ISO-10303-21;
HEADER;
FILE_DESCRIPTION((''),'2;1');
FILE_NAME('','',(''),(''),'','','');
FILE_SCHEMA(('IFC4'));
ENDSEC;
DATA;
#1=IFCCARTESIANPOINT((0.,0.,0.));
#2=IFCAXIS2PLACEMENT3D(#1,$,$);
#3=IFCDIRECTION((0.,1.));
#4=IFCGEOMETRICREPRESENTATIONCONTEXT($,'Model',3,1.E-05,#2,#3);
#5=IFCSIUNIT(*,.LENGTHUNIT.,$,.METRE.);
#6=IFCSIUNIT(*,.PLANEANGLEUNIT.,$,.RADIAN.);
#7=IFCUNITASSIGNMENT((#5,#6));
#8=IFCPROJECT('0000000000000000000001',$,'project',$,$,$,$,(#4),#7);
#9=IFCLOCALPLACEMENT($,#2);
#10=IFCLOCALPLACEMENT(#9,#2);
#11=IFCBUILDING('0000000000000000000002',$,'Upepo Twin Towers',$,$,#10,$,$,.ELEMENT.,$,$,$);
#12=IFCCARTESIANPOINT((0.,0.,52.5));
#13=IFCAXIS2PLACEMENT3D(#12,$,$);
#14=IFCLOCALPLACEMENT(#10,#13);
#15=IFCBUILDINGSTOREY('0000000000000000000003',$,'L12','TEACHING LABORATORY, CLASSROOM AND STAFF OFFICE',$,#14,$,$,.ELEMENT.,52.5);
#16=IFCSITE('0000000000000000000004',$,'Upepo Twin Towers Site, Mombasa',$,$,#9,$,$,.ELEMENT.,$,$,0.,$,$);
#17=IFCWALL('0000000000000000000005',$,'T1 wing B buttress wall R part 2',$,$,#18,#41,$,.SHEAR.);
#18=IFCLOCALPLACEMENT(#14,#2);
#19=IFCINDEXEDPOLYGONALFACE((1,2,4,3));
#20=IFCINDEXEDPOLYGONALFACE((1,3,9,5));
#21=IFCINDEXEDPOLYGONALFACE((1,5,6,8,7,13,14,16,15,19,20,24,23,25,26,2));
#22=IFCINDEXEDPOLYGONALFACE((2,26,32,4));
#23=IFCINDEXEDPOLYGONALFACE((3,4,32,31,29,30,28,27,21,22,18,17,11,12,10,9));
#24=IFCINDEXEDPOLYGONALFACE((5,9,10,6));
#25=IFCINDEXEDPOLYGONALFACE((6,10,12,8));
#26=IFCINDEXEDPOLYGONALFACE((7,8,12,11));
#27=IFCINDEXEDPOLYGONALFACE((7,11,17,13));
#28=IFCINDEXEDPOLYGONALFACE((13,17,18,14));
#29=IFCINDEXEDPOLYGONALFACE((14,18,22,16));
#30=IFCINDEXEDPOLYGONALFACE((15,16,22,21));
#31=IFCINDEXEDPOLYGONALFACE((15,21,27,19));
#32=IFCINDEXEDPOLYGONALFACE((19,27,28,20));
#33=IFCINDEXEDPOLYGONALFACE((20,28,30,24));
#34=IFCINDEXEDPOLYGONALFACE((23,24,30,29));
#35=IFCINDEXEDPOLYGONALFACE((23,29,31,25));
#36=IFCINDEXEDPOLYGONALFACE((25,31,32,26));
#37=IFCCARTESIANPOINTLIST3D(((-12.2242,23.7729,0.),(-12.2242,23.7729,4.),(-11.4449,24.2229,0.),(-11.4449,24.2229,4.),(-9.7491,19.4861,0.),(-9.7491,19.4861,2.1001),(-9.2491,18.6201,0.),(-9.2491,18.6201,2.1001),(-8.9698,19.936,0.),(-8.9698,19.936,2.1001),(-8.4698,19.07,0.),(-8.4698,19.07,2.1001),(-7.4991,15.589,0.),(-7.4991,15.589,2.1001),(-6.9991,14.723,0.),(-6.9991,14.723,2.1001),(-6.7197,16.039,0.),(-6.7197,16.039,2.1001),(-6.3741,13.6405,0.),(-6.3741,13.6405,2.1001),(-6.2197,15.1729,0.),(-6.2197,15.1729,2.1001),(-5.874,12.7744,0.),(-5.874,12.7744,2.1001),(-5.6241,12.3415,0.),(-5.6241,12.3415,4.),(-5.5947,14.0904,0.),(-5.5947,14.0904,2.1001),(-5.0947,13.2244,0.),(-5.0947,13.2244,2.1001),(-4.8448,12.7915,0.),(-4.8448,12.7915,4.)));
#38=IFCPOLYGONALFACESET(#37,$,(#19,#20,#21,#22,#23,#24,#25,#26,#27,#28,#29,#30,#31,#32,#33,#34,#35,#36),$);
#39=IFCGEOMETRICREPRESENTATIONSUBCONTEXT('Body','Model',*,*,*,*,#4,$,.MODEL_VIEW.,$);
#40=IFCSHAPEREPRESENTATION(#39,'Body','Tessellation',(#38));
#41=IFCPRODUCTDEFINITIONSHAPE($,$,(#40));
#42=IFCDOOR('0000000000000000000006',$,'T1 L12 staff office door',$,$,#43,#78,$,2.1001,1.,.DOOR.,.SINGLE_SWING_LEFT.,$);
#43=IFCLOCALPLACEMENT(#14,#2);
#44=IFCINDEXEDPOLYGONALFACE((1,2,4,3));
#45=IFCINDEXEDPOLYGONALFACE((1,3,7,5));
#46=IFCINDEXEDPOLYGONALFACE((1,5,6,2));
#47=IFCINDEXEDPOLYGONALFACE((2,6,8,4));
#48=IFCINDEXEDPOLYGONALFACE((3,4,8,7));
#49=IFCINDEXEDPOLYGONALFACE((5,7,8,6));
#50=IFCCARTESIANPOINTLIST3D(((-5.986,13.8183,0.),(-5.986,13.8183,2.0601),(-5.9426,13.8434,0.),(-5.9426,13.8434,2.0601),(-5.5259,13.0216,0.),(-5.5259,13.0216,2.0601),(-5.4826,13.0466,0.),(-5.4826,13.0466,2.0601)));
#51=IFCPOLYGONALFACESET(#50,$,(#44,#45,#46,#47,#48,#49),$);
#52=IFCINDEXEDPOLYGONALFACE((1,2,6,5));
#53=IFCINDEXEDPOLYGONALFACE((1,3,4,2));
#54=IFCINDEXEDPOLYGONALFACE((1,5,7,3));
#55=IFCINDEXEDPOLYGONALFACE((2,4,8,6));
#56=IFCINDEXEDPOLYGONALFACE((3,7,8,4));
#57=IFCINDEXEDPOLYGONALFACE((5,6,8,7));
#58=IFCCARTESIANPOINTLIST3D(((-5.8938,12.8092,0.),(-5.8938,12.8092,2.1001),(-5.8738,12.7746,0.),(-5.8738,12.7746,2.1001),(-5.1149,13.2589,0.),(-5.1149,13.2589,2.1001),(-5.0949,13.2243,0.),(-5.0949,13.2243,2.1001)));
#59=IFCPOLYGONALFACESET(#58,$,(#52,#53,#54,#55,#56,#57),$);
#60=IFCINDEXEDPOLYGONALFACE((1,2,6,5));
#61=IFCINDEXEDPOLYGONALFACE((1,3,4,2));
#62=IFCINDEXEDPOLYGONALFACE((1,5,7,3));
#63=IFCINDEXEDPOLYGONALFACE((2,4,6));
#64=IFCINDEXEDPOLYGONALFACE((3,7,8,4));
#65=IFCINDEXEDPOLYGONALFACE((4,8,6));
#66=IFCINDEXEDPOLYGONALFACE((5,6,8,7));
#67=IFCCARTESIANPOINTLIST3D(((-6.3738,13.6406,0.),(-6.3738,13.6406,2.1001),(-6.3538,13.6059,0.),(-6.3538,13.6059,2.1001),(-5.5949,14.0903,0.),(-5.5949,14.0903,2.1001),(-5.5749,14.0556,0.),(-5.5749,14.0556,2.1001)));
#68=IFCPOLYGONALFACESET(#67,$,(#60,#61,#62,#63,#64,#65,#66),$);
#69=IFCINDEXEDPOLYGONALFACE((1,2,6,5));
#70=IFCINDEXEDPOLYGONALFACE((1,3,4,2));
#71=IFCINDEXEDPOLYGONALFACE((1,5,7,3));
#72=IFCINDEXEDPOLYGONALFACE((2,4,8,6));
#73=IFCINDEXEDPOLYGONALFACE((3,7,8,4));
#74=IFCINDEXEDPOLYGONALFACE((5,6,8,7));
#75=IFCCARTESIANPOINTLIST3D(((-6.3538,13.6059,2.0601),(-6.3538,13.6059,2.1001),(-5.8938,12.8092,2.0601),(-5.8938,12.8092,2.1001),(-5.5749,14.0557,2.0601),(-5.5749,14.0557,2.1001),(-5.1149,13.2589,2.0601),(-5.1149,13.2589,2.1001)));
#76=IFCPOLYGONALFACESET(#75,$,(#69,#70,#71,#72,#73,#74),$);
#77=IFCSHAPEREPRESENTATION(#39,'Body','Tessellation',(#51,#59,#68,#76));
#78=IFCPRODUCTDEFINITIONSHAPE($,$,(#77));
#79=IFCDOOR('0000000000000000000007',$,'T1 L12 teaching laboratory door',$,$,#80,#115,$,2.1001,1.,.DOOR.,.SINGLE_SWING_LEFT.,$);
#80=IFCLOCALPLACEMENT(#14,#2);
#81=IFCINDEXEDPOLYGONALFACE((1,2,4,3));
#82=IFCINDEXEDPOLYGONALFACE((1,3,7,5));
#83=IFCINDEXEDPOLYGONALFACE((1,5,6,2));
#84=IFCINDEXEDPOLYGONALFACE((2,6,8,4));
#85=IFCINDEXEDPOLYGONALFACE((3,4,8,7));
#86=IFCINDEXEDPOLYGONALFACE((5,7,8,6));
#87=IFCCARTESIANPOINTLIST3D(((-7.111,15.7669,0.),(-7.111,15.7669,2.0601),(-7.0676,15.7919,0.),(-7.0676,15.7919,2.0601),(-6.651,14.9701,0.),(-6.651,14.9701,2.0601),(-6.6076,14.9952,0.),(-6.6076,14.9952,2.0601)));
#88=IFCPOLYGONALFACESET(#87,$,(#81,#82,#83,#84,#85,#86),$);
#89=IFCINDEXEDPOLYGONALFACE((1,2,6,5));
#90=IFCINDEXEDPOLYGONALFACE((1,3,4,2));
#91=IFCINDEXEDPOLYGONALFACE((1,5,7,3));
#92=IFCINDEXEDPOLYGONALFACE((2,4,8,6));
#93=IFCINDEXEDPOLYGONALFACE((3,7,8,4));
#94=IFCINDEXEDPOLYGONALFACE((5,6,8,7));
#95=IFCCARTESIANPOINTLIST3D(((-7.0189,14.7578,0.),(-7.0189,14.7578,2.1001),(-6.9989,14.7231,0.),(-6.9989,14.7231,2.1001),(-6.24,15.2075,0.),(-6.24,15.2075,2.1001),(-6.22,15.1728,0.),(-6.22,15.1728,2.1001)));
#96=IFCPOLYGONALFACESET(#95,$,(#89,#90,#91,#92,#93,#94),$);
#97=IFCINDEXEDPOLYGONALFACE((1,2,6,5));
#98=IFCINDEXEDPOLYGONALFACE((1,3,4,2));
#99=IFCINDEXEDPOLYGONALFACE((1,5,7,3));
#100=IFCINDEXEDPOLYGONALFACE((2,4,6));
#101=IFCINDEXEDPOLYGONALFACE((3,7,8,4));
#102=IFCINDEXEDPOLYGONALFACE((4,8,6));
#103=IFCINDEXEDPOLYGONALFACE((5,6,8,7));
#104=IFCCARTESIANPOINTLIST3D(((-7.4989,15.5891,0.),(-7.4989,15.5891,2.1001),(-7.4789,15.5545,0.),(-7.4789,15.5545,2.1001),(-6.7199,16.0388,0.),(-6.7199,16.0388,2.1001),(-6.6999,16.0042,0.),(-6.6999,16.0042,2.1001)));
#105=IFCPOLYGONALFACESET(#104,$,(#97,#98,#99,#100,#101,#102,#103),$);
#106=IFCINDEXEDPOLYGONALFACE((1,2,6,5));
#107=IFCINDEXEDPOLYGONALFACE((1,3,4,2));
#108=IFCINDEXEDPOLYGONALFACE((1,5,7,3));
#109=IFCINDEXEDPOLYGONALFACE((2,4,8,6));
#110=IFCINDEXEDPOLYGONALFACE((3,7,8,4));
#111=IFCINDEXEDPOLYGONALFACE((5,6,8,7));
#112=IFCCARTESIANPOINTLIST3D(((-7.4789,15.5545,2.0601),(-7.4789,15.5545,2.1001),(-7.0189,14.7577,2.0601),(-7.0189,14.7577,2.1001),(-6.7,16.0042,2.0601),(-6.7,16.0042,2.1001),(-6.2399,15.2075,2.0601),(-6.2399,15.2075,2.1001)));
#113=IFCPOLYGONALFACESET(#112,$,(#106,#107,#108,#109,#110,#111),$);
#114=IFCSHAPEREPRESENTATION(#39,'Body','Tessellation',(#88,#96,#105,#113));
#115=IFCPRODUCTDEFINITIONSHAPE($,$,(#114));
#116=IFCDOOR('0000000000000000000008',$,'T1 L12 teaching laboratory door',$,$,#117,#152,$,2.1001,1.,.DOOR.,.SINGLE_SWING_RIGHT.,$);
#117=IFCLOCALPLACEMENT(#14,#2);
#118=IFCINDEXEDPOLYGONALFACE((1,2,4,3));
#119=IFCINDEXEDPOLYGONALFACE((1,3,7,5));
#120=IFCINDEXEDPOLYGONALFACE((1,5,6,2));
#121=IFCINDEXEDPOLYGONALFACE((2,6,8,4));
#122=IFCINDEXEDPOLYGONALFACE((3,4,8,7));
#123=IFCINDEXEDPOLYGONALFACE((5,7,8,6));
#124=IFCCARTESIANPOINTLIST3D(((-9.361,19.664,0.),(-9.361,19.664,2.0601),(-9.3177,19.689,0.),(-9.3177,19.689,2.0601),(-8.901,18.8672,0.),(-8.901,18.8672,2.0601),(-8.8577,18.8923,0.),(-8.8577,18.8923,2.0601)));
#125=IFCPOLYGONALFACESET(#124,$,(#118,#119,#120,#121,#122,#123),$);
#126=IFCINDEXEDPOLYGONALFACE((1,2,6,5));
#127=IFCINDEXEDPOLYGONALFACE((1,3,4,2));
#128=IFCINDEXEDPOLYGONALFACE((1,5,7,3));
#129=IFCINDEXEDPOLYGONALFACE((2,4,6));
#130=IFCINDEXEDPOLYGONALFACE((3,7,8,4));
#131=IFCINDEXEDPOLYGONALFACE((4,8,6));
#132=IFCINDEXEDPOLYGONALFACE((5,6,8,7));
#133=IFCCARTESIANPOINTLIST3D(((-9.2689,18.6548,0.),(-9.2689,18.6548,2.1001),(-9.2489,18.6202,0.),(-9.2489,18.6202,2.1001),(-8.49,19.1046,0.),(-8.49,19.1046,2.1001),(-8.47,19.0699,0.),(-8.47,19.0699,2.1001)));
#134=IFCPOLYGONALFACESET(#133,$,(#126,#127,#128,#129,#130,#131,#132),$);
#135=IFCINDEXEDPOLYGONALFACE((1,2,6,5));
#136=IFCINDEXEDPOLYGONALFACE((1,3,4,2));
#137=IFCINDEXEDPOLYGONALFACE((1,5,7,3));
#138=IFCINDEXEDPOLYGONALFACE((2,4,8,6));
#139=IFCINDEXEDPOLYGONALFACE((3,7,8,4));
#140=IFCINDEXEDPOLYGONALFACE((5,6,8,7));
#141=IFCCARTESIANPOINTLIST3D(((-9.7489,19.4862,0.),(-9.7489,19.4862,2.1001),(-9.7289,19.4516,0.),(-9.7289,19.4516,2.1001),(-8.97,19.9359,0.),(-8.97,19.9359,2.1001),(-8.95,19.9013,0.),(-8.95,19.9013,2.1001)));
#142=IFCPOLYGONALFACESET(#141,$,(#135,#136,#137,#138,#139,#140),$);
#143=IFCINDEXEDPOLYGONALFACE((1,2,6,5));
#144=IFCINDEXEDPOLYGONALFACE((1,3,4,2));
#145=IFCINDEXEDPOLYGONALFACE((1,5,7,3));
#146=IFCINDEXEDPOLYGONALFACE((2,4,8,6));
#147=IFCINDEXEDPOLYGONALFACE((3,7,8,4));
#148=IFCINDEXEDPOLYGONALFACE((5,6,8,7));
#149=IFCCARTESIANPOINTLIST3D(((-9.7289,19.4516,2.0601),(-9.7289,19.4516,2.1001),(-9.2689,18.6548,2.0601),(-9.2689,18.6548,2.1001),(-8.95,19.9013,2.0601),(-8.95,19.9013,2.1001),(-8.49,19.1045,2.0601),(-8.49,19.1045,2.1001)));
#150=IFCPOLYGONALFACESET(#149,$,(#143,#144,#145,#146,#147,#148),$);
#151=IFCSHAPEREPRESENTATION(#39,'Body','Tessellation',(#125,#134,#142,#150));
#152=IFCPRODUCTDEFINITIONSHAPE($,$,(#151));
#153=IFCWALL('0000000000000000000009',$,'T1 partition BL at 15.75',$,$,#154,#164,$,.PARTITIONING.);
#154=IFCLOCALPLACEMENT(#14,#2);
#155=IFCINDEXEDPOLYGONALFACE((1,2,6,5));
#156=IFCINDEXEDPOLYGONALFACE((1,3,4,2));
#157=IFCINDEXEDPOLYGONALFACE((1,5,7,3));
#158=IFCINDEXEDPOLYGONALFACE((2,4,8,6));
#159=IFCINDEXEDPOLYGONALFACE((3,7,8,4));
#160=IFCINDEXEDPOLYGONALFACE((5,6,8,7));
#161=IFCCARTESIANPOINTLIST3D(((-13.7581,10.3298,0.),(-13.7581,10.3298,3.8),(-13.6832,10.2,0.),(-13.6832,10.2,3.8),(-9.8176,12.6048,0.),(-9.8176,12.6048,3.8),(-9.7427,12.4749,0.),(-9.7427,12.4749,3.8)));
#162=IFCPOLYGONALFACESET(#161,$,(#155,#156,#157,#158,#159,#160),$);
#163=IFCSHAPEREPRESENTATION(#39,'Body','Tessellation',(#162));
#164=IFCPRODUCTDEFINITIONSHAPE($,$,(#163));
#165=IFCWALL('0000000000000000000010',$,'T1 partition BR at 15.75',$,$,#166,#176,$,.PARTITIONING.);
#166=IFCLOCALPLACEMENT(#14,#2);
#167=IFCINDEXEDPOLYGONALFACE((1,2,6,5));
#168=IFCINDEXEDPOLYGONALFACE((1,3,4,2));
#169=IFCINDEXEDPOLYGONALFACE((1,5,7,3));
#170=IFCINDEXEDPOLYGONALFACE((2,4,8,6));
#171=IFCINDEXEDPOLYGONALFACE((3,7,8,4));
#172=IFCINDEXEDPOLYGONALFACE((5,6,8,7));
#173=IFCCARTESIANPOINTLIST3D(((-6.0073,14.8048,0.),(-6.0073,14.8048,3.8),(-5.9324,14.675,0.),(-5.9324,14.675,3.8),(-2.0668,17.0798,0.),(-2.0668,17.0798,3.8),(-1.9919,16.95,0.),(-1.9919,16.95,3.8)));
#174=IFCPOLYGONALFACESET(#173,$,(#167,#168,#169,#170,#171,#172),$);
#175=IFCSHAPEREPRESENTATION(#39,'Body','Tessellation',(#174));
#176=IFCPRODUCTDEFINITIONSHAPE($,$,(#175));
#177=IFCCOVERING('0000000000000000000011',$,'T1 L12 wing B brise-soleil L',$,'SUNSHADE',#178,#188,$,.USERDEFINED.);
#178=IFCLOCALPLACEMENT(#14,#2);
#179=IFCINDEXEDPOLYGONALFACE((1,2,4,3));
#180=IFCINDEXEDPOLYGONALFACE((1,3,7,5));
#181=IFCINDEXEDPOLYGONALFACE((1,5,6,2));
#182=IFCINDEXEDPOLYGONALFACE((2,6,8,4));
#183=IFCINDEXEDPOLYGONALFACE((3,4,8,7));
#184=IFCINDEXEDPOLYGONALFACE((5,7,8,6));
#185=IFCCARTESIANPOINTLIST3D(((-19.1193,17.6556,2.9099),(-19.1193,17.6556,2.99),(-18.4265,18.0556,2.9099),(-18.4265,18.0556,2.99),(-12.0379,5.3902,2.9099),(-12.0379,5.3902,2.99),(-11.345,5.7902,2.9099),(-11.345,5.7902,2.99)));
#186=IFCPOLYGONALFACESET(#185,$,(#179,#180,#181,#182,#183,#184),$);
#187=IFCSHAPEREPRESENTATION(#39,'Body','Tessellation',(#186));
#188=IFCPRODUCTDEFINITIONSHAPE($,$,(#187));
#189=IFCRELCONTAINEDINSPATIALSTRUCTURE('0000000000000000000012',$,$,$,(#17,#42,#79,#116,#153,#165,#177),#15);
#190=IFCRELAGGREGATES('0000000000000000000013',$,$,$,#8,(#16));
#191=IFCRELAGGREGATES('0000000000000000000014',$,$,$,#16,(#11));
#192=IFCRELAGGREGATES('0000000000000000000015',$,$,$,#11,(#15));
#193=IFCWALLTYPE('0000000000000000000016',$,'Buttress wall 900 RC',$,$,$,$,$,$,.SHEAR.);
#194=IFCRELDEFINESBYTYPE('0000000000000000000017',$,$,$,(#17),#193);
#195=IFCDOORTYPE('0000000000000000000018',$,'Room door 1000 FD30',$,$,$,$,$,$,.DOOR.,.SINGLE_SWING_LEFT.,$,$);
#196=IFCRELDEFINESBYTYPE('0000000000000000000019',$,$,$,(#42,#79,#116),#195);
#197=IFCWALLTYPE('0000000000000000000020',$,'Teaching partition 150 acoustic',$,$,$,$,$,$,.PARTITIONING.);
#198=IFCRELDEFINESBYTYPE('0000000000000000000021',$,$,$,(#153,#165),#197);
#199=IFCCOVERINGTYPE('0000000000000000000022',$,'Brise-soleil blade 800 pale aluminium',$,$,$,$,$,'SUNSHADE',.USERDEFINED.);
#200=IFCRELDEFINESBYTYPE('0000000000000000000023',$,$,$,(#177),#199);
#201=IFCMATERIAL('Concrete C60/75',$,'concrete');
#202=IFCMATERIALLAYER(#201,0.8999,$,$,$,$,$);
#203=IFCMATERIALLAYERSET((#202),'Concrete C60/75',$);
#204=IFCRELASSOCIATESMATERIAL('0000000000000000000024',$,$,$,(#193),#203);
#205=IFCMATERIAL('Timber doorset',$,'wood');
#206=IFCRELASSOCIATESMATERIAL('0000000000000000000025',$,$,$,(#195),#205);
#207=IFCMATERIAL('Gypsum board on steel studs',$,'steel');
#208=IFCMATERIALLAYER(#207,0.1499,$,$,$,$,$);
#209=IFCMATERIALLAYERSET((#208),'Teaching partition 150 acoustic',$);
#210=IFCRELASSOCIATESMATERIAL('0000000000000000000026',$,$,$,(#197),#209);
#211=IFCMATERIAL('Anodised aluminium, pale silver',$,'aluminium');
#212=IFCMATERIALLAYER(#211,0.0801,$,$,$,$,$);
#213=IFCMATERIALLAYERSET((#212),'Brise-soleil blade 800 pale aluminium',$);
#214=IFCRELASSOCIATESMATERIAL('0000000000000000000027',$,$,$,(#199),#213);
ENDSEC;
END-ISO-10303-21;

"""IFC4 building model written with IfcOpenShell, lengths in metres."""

from ifc_helpers import new_model, si_unit, direction, frame, frame_2d, origin, origin_2d, place, context, subcontext, project, spatial, rectangle, extrude, material, layer, layer_set, type_object, element, fill, save


model = new_model("IFC4")

# Units and contexts
model_context = context("Model", 3, precision=1e-05, world=origin(), true_north=direction((0.0, 1.0)))
body_context = subcontext(model_context, "Body", "Model", "MODEL_VIEW")
ifc_project = project(units=[si_unit("LENGTHUNIT", "METRE"), si_unit("PLANEANGLEUNIT", "RADIAN")], contexts=[model_context])

# Site, building, storey
site_placement = place(None, origin())
site = spatial("IfcSite", under=ifc_project, at=site_placement, Name="Upepo Twin Towers Site, Mombasa", CompositionType="ELEMENT", RefElevation=0.0)
building_placement = place(site_placement, origin())
building = spatial("IfcBuilding", under=site, at=building_placement, Name="Upepo Twin Towers", CompositionType="ELEMENT")
storey_placement = place(building_placement, frame((0.0, 0.0, 52.5)))
storey = spatial("IfcBuildingStorey", under=building, at=storey_placement, Name="L12", Description="TEACHING LABORATORY, CLASSROOM AND STAFF OFFICE", CompositionType="ELEMENT", Elevation=52.5)

# Wall, openings, doors
ifc_material_1 = material(Name="Concrete C60/75", Category="concrete")
ifc_layer_1 = layer(ifc_material_1, 0.8999)
ifc_layer_set_1 = layer_set([ifc_layer_1], Name="Concrete C60/75")
wall_type_1 = type_object("IfcWallType", Name="Buttress wall 900 RC", PredefinedType="SHEAR", material=ifc_layer_set_1)
ifc_material_2 = material(Name="Timber doorset", Category="wood")
door_type = type_object("IfcDoorType", Name="Room door 1000 FD30", OperationType="SINGLE_SWING_LEFT", PredefinedType="DOOR", material=ifc_material_2)
wall_1_placement = place(storey_placement, frame((-5.2344, 12.5664, 0.0), z_axis=(0.0, 0.0, 1.0), x_axis=(-0.50001, 0.86602, 0.0)))
wall_1 = element("IfcWall", 1, at=wall_1_placement, inside=storey, type_object=wall_type_1, Name="T1 wing B buttress wall R part 2", PredefinedType="SHEAR", context=body_context, shape_type="SweptSolid", body=[
    extrude(rectangle(XDim=13.2, YDim=0.8999, at=frame_2d((6.6001, 0.0))), origin(), (0.0, 0.0, 1.0), 4.0),
])
opening_1_placement = place(wall_1_placement, frame((0.5, 0.0, 0.0)))
opening_1 = element("IfcOpeningElement", 2, at=opening_1_placement, cuts=wall_1, PredefinedType="OPENING", context=body_context, shape_type="SweptSolid", body=[
    extrude(rectangle(XDim=1.0, YDim=2.1001, at=frame_2d((0.5, 1.05))), frame((0.0, 0.46, 0.0), z_axis=(0.0, -1.0, 0.0), x_axis=(1.0, 0.0, 0.0)), (0.0, 0.0, 1.0), 0.9199),
])
opening_2_placement = place(wall_1_placement, frame((2.75, 0.0, 0.0)))
opening_2 = element("IfcOpeningElement", 3, at=opening_2_placement, cuts=wall_1, PredefinedType="OPENING", context=body_context, shape_type="SweptSolid", body=[
    extrude(rectangle(XDim=1.0, YDim=2.1001, at=frame_2d((0.5, 1.05))), frame((0.0, 0.46, 0.0), z_axis=(0.0, -1.0, 0.0), x_axis=(1.0, 0.0, 0.0)), (0.0, 0.0, 1.0), 0.9199),
])
opening_3_placement = place(wall_1_placement, frame((7.25, 0.0, 0.0)))
opening_3 = element("IfcOpeningElement", 4, at=opening_3_placement, cuts=wall_1, PredefinedType="OPENING", context=body_context, shape_type="SweptSolid", body=[
    extrude(rectangle(XDim=1.0, YDim=2.1001, at=frame_2d((0.5, 1.05))), frame((0.0, 0.46, 0.0), z_axis=(0.0, -1.0, 0.0), x_axis=(1.0, 0.0, 0.0)), (0.0, 0.0, 1.0), 0.9199),
])
door_1_placement = place(opening_1_placement, origin())
door_1 = element("IfcDoor", 5, at=door_1_placement, inside=storey, type_object=door_type, Name="T1 L12 staff office door", OperationType="SINGLE_SWING_LEFT", OverallHeight=2.1001, OverallWidth=1.0, PredefinedType="DOOR", context=body_context, shape_type="SweptSolid", body=[
    extrude(rectangle(XDim=0.92, YDim=2.0601, at=frame_2d((0.5, 1.03))), frame((0.0, 0.0249, 0.0), z_axis=(0.0, -1.0, 0.0), x_axis=(1.0, 0.0, 0.0)), (0.0, 0.0, 1.0), 0.05),
    extrude(rectangle(XDim=0.04, YDim=2.1001, at=frame_2d((0.02, 1.05))), frame((0.0, 0.4497, 0.0), z_axis=(0.0, -1.0, 0.0), x_axis=(1.0, 0.0, 0.0)), (0.0, 0.0, 1.0), 0.8994),
    extrude(rectangle(XDim=0.04, YDim=2.1001, at=frame_2d((0.98, 1.05))), frame((0.0, 0.4497, 0.0), z_axis=(0.0, -1.0, 0.0), x_axis=(1.0, 0.0, 0.0)), (0.0, 0.0, 1.0), 0.8994),
    extrude(rectangle(XDim=0.92, YDim=0.04, at=frame_2d((0.5, 2.0801))), frame((0.0, 0.4497, 0.0), z_axis=(0.0, -1.0, 0.0), x_axis=(1.0, 0.0, 0.0)), (0.0, 0.0, 1.0), 0.8994),
])
fill(opening_1, door_1)
door_2_placement = place(opening_2_placement, origin())
door_2 = element("IfcDoor", 6, at=door_2_placement, inside=storey, type_object=door_type, Name="T1 L12 teaching laboratory door", OperationType="SINGLE_SWING_LEFT", OverallHeight=2.1001, OverallWidth=1.0, PredefinedType="DOOR", context=body_context, shape_type="SweptSolid", body=[
    extrude(rectangle(XDim=0.92, YDim=2.0601, at=frame_2d((0.5, 1.03))), frame((0.0, 0.0249, 0.0), z_axis=(0.0, -1.0, 0.0), x_axis=(1.0, 0.0, 0.0)), (0.0, 0.0, 1.0), 0.05),
    extrude(rectangle(XDim=0.04, YDim=2.1001, at=frame_2d((0.02, 1.05))), frame((0.0, 0.4497, 0.0), z_axis=(0.0, -1.0, 0.0), x_axis=(1.0, 0.0, 0.0)), (0.0, 0.0, 1.0), 0.8994),
    extrude(rectangle(XDim=0.04, YDim=2.1001, at=frame_2d((0.98, 1.05))), frame((0.0, 0.4497, 0.0), z_axis=(0.0, -1.0, 0.0), x_axis=(1.0, 0.0, 0.0)), (0.0, 0.0, 1.0), 0.8994),
    extrude(rectangle(XDim=0.92, YDim=0.04, at=frame_2d((0.5, 2.0801))), frame((0.0, 0.4497, 0.0), z_axis=(0.0, -1.0, 0.0), x_axis=(1.0, 0.0, 0.0)), (0.0, 0.0, 1.0), 0.8994),
])
fill(opening_2, door_2)
door_3_placement = place(opening_3_placement, origin())
door_3 = element("IfcDoor", 7, at=door_3_placement, inside=storey, type_object=door_type, Name="T1 L12 teaching laboratory door", OperationType="SINGLE_SWING_RIGHT", OverallHeight=2.1001, OverallWidth=1.0, PredefinedType="DOOR", context=body_context, shape_type="SweptSolid", body=[
    extrude(rectangle(XDim=0.92, YDim=2.0601, at=frame_2d((0.5, 1.03))), frame((0.0, 0.0249, 0.0), z_axis=(0.0, -1.0, 0.0), x_axis=(1.0, 0.0, 0.0)), (0.0, 0.0, 1.0), 0.05),
    extrude(rectangle(XDim=0.04, YDim=2.1001, at=frame_2d((0.02, 1.05))), frame((0.0, 0.4497, 0.0), z_axis=(0.0, -1.0, 0.0), x_axis=(1.0, 0.0, 0.0)), (0.0, 0.0, 1.0), 0.8994),
    extrude(rectangle(XDim=0.04, YDim=2.1001, at=frame_2d((0.98, 1.05))), frame((0.0, 0.4497, 0.0), z_axis=(0.0, -1.0, 0.0), x_axis=(1.0, 0.0, 0.0)), (0.0, 0.0, 1.0), 0.8994),
    extrude(rectangle(XDim=0.92, YDim=0.04, at=frame_2d((0.5, 2.0801))), frame((0.0, 0.4497, 0.0), z_axis=(0.0, -1.0, 0.0), x_axis=(1.0, 0.0, 0.0)), (0.0, 0.0, 1.0), 0.8994),
])
fill(opening_3, door_3)

# Walls
ifc_material_3 = material(Name="Gypsum board on steel studs", Category="steel")
ifc_layer_2 = layer(ifc_material_3, 0.1499)
ifc_layer_set_2 = layer_set([ifc_layer_2], Name="Teaching partition 150 acoustic")
wall_type_2 = type_object("IfcWallType", Name="Teaching partition 150 acoustic", PredefinedType="PARTITIONING", material=ifc_layer_set_2)
for number, where, z_axis, x_axis, name in (
    (8, (-9.7803, 12.5398, 0.0), (0.0, 0.0, 1.0), (-0.866035, -0.499983, 0.0), "T1 partition BL at 15.75"),
    (9, (-5.9697, 14.74, 0.0), (0.0, 0.0, 1.0), (0.866035, 0.499983, 0.0), "T1 partition BR at 15.75"),
):
    element("IfcWall", number, at=place(storey_placement, frame(where, z_axis=z_axis, x_axis=x_axis)), inside=storey, type_object=wall_type_2, Name=name, PredefinedType="PARTITIONING", context=body_context, shape_type="SweptSolid", body=[
        extrude(rectangle(XDim=4.55, YDim=0.1499, at=frame_2d((2.2749, 0.0))), origin(), (0.0, 0.0, 1.0), 3.8),
    ])

# Covering
ifc_material_4 = material(Name="Anodised aluminium, pale silver", Category="aluminium")
ifc_layer_3 = layer(ifc_material_4, 0.0801)
ifc_layer_set_3 = layer_set([ifc_layer_3], Name="Brise-soleil blade 800 pale aluminium")
covering_type = type_object("IfcCoveringType", Name="Brise-soleil blade 800 pale aluminium", ElementType="SUNSHADE", PredefinedType="USERDEFINED", material=ifc_layer_set_3)
covering_placement = place(storey_placement, frame((-15.2322, 11.7229, 2.9099), z_axis=(0.0, 0.0, 1.0), x_axis=(-0.5, 0.866025, 0.0)))
element("IfcCovering", 10, at=covering_placement, inside=storey, type_object=covering_type, Name="T1 L12 wing B brise-soleil L", ObjectType="SUNSHADE", PredefinedType="USERDEFINED", context=body_context, shape_type="SweptSolid", body=[
    extrude(rectangle(XDim=14.1628, YDim=0.8, at=origin_2d()), origin(), (0.0, 0.0, 1.0), 0.0801),
])

save(model, "model.ifc")
